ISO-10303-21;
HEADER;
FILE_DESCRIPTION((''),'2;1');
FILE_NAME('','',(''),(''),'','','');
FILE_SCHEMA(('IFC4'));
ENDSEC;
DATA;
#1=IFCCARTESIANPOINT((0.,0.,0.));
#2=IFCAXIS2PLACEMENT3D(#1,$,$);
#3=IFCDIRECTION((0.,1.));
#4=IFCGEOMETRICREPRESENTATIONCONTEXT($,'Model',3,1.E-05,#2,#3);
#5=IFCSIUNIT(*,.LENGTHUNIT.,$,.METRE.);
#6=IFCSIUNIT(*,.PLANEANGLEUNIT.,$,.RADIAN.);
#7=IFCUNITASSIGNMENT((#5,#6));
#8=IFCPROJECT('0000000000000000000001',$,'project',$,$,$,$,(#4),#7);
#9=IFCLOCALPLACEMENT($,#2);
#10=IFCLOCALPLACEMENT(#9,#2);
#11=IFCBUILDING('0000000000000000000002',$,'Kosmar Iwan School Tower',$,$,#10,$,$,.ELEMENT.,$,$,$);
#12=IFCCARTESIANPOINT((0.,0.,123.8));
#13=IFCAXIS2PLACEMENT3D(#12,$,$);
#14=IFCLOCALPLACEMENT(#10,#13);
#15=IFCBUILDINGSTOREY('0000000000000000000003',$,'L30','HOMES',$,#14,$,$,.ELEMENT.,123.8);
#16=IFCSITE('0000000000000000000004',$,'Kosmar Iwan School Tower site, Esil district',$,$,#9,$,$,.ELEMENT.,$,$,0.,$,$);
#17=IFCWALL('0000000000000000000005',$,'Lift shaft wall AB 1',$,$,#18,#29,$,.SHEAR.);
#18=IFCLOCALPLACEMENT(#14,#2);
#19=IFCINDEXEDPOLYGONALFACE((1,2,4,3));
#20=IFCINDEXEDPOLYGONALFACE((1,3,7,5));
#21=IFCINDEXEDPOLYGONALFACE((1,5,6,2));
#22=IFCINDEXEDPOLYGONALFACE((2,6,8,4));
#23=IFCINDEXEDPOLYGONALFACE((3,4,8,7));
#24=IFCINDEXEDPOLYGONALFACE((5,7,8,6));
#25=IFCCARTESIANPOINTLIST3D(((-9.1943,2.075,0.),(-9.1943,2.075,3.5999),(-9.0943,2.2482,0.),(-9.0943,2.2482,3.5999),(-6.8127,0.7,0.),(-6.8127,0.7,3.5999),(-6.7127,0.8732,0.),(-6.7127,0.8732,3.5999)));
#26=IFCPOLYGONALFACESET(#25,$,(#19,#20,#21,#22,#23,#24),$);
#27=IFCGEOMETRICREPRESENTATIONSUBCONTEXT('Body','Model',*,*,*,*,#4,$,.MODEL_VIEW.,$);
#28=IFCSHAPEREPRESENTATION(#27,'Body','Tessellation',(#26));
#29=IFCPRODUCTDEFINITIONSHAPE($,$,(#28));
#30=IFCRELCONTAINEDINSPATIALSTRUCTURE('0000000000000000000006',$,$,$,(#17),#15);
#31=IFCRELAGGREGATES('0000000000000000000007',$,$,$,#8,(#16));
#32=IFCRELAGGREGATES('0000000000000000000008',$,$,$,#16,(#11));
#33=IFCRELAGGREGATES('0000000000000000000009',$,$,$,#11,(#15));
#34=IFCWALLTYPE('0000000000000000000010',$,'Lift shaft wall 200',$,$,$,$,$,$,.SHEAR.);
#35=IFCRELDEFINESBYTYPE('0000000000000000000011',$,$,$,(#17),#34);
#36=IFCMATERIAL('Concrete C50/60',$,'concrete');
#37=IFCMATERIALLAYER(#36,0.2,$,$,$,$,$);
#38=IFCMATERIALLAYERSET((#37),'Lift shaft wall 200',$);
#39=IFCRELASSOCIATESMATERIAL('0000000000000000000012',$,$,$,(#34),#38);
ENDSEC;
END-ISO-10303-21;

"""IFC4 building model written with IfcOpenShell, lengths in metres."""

from ifc_helpers import new_model, si_unit, direction, frame, frame_2d, origin, place, context, subcontext, project, spatial, rectangle, extrude, material, layer, layer_set, type_object, element, save


model = new_model("IFC4")

# Units and contexts
model_context = context("Model", 3, precision=1e-05, world=origin(), true_north=direction((0.0, 1.0)))
body_context = subcontext(model_context, "Body", "Model", "MODEL_VIEW")
ifc_project = project(units=[si_unit("LENGTHUNIT", "METRE"), si_unit("PLANEANGLEUNIT", "RADIAN")], contexts=[model_context])

# Site, building, storey
site_placement = place(None, origin())
site = spatial("IfcSite", under=ifc_project, at=site_placement, Name="Kosmar Iwan School Tower site, Esil district", CompositionType="ELEMENT", RefElevation=0.0)
building_placement = place(site_placement, origin())
building = spatial("IfcBuilding", under=site, at=building_placement, Name="Kosmar Iwan School Tower", CompositionType="ELEMENT")
storey_placement = place(building_placement, frame((0.0, 0.0, 123.8)))
storey = spatial("IfcBuildingStorey", under=building, at=storey_placement, Name="L30", Description="HOMES", CompositionType="ELEMENT", Elevation=123.8)

# Wall
ifc_material_1 = material(Name="Concrete C50/60", Category="concrete")
ifc_layer_1 = layer(ifc_material_1, 0.2)
ifc_layer_set_1 = layer_set([ifc_layer_1], Name="Lift shaft wall 200")
wall_type_1 = type_object("IfcWallType", Name="Lift shaft wall 200", PredefinedType="SHEAR", material=ifc_layer_set_1)
wall_1_placement = place(storey_placement, frame((-6.7627, 0.7866, 0.0), z_axis=(0.0, 0.0, 1.0), x_axis=(-0.866027, 0.499997, 0.0)))
element("IfcWall", 1, at=wall_1_placement, inside=storey, type_object=wall_type_1, Name="Lift shaft wall AB 1", PredefinedType="SHEAR", context=body_context, shape_type="SweptSolid", body=[
    extrude(rectangle(XDim=2.75, YDim=0.2, at=frame_2d((1.375, 0.0))), origin(), (0.0, 0.0, 1.0), 3.5999),
])

save(model, "model.ifc")
